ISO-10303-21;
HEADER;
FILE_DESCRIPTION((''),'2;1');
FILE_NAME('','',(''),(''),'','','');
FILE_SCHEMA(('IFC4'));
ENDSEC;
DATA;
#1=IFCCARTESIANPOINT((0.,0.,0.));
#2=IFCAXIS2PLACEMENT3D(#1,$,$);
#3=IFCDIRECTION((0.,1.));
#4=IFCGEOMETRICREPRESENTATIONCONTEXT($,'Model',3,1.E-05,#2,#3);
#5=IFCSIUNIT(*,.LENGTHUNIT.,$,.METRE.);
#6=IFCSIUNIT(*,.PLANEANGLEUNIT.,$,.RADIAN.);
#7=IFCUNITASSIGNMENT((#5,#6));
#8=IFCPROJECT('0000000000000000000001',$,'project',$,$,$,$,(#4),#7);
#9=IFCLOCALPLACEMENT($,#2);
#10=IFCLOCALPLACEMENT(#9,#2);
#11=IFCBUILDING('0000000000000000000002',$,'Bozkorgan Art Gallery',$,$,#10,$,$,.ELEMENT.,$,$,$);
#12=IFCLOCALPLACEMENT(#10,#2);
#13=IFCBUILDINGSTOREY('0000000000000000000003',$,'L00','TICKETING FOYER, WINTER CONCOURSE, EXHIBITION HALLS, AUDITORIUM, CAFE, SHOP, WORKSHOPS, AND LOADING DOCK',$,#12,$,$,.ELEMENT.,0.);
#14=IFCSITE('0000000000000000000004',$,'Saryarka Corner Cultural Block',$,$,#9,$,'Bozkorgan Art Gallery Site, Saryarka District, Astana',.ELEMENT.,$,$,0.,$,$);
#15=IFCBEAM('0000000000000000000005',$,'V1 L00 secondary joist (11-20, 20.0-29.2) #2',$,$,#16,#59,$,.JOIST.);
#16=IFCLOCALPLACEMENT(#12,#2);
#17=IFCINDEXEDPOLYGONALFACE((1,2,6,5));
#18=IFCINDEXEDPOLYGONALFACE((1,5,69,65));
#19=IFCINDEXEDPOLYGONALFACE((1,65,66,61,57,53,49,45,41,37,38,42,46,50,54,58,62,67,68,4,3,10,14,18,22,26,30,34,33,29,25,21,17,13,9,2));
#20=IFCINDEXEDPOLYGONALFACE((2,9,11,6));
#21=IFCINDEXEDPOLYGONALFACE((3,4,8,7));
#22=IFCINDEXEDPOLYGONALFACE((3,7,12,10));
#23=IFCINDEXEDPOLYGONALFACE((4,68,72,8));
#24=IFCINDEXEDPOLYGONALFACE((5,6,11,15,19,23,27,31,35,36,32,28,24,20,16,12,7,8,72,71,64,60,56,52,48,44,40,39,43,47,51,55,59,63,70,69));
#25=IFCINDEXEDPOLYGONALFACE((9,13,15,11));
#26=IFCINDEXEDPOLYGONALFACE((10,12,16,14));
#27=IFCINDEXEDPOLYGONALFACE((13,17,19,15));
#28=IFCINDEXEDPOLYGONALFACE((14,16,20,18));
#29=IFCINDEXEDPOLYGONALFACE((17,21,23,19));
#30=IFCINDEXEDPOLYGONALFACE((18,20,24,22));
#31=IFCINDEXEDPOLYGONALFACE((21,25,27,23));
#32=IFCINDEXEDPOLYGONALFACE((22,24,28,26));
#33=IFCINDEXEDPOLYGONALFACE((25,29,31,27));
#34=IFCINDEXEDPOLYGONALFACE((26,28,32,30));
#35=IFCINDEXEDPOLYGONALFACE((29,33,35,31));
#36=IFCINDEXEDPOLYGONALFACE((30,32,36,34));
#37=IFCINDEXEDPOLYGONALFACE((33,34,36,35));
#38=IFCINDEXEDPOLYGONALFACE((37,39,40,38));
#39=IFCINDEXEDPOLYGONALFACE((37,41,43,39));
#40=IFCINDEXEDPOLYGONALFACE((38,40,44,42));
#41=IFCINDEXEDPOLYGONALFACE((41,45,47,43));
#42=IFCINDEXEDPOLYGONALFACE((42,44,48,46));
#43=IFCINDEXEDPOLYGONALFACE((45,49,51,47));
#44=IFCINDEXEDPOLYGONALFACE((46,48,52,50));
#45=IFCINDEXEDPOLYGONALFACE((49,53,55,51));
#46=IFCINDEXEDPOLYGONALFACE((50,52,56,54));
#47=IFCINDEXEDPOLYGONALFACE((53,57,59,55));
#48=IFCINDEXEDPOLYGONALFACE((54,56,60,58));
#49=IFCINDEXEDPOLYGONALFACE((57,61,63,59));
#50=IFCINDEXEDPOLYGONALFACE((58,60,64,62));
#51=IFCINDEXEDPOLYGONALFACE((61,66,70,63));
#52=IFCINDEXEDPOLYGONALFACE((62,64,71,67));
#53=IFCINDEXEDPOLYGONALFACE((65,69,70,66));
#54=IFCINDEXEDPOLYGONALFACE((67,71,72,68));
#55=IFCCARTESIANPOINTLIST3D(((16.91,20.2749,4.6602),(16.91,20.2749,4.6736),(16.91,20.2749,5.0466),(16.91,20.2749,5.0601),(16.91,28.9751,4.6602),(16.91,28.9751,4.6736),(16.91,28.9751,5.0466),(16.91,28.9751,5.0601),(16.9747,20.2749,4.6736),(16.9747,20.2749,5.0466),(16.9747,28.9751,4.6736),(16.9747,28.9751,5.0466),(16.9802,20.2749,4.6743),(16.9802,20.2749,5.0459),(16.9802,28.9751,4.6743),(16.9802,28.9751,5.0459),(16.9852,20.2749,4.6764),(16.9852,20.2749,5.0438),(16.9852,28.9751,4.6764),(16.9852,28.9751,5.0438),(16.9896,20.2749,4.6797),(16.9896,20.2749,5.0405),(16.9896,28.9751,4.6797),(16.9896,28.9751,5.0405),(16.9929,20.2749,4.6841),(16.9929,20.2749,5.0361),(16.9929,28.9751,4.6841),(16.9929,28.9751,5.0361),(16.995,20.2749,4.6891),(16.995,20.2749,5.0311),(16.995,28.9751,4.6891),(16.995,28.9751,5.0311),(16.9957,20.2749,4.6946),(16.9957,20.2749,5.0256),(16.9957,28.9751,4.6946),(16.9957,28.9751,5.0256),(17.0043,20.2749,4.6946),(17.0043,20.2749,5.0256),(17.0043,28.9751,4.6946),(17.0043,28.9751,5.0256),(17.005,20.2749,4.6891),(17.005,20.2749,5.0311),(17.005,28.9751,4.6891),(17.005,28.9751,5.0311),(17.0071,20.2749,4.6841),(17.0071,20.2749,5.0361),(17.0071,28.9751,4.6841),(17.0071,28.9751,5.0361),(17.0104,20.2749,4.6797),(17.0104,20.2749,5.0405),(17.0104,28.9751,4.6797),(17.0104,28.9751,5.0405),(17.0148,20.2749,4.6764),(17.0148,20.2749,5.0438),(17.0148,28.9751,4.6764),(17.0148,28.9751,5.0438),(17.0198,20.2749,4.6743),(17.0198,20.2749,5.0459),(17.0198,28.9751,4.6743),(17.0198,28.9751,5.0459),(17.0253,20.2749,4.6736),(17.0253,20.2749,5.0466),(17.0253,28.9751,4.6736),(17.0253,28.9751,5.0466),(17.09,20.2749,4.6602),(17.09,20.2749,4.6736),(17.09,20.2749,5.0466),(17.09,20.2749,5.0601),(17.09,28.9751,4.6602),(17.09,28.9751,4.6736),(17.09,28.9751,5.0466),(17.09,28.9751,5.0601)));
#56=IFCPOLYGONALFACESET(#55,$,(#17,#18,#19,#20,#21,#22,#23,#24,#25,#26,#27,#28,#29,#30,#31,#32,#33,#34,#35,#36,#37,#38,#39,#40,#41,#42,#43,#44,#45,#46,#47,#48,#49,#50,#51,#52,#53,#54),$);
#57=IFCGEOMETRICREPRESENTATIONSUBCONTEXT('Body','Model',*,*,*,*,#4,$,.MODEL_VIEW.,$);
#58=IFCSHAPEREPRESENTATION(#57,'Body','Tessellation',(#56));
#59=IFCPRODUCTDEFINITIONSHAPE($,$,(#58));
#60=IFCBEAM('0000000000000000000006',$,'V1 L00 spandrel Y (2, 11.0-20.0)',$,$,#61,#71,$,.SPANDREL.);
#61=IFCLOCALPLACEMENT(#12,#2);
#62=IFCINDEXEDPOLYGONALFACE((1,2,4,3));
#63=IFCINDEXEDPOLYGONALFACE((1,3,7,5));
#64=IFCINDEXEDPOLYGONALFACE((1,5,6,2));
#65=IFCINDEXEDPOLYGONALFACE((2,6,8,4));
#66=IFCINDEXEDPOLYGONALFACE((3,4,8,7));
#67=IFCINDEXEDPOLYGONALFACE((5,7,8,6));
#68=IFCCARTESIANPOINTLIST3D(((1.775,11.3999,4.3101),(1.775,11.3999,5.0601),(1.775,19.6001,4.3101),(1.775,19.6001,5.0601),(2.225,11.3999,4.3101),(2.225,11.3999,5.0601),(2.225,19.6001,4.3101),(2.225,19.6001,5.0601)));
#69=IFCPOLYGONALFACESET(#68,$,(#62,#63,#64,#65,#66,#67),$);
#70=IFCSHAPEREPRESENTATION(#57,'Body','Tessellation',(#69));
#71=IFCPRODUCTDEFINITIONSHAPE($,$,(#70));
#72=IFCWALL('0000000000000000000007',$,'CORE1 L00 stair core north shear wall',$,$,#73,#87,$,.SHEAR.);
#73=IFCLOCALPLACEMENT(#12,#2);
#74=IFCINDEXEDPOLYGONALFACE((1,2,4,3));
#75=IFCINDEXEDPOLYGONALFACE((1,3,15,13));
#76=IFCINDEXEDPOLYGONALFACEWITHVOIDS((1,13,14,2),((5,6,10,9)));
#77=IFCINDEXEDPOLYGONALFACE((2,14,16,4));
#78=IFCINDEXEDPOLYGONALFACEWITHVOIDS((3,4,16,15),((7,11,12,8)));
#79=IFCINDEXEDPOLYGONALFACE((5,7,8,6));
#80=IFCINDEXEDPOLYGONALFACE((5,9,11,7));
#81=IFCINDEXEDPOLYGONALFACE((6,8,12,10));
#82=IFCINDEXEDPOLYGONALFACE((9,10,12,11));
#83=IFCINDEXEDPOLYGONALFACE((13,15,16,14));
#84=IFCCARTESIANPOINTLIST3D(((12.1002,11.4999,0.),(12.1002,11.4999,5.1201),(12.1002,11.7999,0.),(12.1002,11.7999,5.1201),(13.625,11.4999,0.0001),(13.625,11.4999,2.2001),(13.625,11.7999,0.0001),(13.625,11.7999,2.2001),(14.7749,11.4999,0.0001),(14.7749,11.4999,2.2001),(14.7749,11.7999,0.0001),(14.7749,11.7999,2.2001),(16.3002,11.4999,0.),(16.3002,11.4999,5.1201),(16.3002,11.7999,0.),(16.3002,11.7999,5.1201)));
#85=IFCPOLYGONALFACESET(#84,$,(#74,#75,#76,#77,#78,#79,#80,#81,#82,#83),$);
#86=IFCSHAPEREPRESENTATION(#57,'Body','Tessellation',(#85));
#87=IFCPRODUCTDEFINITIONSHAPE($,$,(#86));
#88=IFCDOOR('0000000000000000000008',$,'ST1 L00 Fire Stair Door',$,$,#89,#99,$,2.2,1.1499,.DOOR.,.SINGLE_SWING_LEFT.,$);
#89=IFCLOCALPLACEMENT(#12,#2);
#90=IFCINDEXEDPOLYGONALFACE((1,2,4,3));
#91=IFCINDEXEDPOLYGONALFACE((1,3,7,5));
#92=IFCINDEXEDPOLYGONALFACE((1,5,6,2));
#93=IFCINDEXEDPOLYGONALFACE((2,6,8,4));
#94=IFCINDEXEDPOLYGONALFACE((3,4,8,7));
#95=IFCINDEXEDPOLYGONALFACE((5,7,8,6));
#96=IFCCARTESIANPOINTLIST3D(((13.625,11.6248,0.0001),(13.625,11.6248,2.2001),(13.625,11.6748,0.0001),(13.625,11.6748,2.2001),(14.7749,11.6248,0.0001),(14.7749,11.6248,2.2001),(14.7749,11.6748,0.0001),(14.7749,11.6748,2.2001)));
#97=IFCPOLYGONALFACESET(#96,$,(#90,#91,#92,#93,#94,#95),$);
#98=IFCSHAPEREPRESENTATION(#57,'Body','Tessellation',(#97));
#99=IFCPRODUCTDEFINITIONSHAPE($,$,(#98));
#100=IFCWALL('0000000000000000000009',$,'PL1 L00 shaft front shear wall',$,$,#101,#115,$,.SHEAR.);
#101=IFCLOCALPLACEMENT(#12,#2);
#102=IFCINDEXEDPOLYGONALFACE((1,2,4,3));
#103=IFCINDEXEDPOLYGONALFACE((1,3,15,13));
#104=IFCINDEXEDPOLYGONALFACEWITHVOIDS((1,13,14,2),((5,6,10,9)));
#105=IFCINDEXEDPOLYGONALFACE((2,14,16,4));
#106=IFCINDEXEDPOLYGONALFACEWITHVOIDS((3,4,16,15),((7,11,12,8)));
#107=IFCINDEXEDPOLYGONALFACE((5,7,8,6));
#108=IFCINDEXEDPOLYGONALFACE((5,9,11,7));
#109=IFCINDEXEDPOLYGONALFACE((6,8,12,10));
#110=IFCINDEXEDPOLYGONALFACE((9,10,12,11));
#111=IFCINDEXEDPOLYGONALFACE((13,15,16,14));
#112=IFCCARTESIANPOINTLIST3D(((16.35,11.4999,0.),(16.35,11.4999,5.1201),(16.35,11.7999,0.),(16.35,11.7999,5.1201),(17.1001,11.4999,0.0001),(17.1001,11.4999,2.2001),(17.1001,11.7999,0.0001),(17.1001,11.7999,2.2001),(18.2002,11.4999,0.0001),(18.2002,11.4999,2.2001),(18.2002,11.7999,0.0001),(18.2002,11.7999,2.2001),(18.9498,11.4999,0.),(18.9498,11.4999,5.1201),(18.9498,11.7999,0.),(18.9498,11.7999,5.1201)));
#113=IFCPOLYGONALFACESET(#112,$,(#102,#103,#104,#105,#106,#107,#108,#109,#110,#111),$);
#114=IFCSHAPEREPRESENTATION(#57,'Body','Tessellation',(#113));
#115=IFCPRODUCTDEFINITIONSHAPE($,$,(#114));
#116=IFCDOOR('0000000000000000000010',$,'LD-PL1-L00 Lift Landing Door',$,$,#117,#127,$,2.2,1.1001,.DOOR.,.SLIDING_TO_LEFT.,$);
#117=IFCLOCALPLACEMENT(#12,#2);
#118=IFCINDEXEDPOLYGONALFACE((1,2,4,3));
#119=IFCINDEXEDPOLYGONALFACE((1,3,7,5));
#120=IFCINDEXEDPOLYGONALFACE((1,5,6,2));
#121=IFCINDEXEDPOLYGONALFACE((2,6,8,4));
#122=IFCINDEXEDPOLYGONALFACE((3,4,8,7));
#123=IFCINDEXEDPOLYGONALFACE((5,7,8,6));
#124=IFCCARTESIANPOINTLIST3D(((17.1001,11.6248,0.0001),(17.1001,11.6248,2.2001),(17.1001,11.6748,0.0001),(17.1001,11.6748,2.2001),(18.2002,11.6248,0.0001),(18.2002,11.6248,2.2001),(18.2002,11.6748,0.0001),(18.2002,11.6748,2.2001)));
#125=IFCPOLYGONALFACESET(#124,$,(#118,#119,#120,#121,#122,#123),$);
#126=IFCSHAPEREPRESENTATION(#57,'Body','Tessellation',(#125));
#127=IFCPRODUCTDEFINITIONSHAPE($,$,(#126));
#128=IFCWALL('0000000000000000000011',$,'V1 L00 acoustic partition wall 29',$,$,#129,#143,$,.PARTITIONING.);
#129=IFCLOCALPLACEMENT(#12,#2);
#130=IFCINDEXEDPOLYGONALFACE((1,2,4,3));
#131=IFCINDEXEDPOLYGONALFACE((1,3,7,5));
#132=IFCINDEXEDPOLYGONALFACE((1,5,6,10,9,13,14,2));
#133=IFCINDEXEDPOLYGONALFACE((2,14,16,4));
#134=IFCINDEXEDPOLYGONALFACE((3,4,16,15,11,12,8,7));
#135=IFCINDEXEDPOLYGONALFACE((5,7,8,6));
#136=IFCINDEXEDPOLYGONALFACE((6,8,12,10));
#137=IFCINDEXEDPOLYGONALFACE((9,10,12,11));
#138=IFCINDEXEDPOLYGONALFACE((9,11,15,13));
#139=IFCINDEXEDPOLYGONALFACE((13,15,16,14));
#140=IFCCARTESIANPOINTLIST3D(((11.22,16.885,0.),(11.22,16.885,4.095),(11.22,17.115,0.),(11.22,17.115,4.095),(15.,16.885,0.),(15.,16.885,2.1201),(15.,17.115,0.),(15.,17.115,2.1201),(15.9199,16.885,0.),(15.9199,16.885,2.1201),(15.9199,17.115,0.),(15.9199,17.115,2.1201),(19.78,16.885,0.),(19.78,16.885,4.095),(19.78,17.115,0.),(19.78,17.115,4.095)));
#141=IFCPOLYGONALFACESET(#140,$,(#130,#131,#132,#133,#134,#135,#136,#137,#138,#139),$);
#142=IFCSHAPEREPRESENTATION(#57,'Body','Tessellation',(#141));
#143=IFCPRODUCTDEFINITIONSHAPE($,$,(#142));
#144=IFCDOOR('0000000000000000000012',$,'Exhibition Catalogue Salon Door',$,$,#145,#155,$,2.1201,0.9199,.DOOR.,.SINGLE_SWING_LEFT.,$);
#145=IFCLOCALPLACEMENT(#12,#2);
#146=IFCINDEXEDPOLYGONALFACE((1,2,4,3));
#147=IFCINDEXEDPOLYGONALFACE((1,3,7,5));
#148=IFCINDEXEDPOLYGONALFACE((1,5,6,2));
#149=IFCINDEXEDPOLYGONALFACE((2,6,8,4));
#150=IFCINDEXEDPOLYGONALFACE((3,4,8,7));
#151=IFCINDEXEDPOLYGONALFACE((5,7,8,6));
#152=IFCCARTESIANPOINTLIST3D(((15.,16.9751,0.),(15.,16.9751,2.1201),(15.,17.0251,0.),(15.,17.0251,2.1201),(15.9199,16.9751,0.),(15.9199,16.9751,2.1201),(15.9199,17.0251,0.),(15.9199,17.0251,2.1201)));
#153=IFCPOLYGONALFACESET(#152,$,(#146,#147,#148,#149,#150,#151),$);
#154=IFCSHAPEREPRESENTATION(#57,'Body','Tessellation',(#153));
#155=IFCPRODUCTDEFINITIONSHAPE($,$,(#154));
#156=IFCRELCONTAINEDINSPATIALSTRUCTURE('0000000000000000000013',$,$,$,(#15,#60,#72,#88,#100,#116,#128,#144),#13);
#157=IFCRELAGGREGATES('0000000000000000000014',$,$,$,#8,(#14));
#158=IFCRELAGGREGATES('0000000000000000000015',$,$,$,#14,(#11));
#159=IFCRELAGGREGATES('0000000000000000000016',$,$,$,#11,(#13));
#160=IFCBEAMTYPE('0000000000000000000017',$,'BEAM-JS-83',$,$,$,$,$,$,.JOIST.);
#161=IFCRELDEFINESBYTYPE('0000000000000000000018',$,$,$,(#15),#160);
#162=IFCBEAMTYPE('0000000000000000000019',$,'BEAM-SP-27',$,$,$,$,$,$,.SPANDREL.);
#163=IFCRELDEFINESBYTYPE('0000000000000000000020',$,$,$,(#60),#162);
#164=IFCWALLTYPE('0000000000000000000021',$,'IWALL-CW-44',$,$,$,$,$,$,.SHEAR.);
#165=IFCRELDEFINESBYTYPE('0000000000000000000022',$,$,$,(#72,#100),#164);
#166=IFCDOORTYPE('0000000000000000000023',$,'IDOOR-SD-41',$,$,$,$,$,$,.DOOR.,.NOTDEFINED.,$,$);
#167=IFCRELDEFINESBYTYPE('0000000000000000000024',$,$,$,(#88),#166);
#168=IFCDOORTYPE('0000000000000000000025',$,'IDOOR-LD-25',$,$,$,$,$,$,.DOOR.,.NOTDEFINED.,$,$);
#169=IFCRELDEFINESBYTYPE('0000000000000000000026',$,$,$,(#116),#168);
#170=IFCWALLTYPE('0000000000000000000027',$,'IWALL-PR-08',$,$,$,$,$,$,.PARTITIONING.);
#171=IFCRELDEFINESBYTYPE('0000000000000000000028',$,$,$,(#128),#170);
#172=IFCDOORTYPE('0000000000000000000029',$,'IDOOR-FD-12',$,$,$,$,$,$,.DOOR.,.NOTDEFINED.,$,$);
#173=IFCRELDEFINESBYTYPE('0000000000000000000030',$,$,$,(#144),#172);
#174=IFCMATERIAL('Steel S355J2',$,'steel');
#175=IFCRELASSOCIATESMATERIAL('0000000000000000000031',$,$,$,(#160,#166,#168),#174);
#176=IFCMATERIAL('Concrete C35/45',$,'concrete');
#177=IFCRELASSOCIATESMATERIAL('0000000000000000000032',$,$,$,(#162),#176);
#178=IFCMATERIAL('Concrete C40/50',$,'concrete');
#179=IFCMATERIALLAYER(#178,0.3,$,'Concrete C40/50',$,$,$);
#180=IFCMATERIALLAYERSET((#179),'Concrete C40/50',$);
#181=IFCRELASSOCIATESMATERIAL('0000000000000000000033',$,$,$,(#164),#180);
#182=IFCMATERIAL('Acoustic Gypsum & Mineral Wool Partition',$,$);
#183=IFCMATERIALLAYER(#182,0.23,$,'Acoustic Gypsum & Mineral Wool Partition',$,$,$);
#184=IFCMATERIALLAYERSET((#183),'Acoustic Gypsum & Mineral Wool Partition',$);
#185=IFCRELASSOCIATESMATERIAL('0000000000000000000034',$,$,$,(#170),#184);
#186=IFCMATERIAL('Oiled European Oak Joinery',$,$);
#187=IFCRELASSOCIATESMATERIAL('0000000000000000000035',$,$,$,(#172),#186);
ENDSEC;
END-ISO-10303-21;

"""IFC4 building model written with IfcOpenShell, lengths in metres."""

from ifc_helpers import new_model, si_unit, direction, frame, frame_2d, origin, origin_2d, place, context, subcontext, project, spatial, rectangle, i_section, extrude, material, layer, layer_set, material_profile, profile_set, type_object, element, fill, save


model = new_model("IFC4")

# Units and contexts
model_context = context("Model", 3, precision=1e-05, world=origin(), true_north=direction((0.0, 1.0)))
body_context = subcontext(model_context, "Body", "Model", "MODEL_VIEW")
ifc_project = project(units=[si_unit("LENGTHUNIT", "METRE"), si_unit("PLANEANGLEUNIT", "RADIAN")], contexts=[model_context])

# Site, building, storey
site_placement = place(None, origin())
site = spatial("IfcSite", under=ifc_project, at=site_placement, Name="Saryarka Corner Cultural Block", LongName="Bozkorgan Art Gallery Site, Saryarka District, Astana", CompositionType="ELEMENT", RefElevation=0.0)
building_placement = place(site_placement, origin())
building = spatial("IfcBuilding", under=site, at=building_placement, Name="Bozkorgan Art Gallery", CompositionType="ELEMENT")
storey_placement = place(building_placement, origin())
storey = spatial("IfcBuildingStorey", under=building, at=storey_placement, Name="L00", Description="TICKETING FOYER, WINTER CONCOURSE, EXHIBITION HALLS, AUDITORIUM, CAFE, SHOP, WORKSHOPS, AND LOADING DOCK", CompositionType="ELEMENT", Elevation=0.0)

# Shared definitions
ifc_material_1 = material(Name="Concrete C40/50", Category="concrete")

# Beams
ifc_material_2 = material(Name="Concrete C35/45", Category="concrete")
ifc_material_3 = material(Name="Steel S355J2", Category="steel")
ifc_material_profile_1 = material_profile(ifc_material_3, i_section(OverallWidth=0.1799, OverallDepth=0.3999, WebThickness=0.0085, FlangeThickness=0.0134, FilletRadius=0.021, at=origin_2d()), Name="IPE 400")
ifc_profile_set_1 = profile_set([ifc_material_profile_1], Name="Steel S355J2")
beam_type_1 = type_object("IfcBeamType", Name="BEAM-JS-83", PredefinedType="JOIST", material=ifc_profile_set_1)
for number, where, z_axis, x_axis, name in (
    (1, (17.0, 20.2749, 4.8601), (0.0, 1.0, 0.0), (-1.0, 0.0, 0.0), "V1 L00 secondary joist (11-20, 20.0-29.2) #2"),
):
    element("IfcBeam", number, at=place(storey_placement, frame(where, z_axis=z_axis, x_axis=x_axis)), inside=storey, type_object=beam_type_1, Name=name, PredefinedType="JOIST", context=body_context, shape_type="SweptSolid", body=[
        extrude(i_section(OverallWidth=0.1799, OverallDepth=0.3999, WebThickness=0.0085, FlangeThickness=0.0134, FilletRadius=0.021, at=origin_2d()), origin(), (0.0, 0.0, 1.0), 8.7002),
    ])
ifc_material_profile_2 = material_profile(ifc_material_2, rectangle(XDim=0.45, YDim=0.75, at=origin_2d()), Name="RC 450x750")
ifc_profile_set_2 = profile_set([ifc_material_profile_2], Name="Concrete C35/45")
beam_type_2 = type_object("IfcBeamType", Name="BEAM-SP-27", PredefinedType="SPANDREL", material=ifc_profile_set_2)
beam_1_placement = place(storey_placement, frame((2.0, 11.3999, 4.6851), z_axis=(0.0, 1.0, 0.0), x_axis=(-1.0, 0.0, 0.0)))
element("IfcBeam", 2, at=beam_1_placement, inside=storey, type_object=beam_type_2, Name="V1 L00 spandrel Y (2, 11.0-20.0)", PredefinedType="SPANDREL", context=body_context, shape_type="SweptSolid", body=[
    extrude(rectangle(XDim=0.45, YDim=0.75, at=origin_2d()), origin(), (0.0, 0.0, 1.0), 8.2002),
])

# Walls, openings, doors
ifc_layer_1 = layer(ifc_material_1, 0.3, Name="Concrete C40/50")
ifc_layer_set_1 = layer_set([ifc_layer_1], Name="Concrete C40/50")
wall_type_1 = type_object("IfcWallType", Name="IWALL-CW-44", PredefinedType="SHEAR", material=ifc_layer_set_1)
wall_1_placement = place(storey_placement, frame((12.1001, 11.6499, 0.0), z_axis=(0.0, 0.0, 1.0), x_axis=(1.0, 0.0, 0.0)))
wall_1 = element("IfcWall", 3, at=wall_1_placement, inside=storey, type_object=wall_type_1, Name="CORE1 L00 stair core north shear wall", PredefinedType="SHEAR", context=body_context, shape_type="SweptSolid", body=[
    extrude(rectangle(XDim=4.2, YDim=0.3, at=frame_2d((2.1001, 0.0))), origin(), (0.0, 0.0, 1.0), 5.1201),
])
opening_1_placement = place(wall_1_placement, frame((1.5249, 0.0, 0.0)))
opening_1 = element("IfcOpeningElement", 4, at=opening_1_placement, cuts=wall_1, PredefinedType="OPENING", context=body_context, shape_type="SweptSolid", body=[
    extrude(rectangle(XDim=1.1499, YDim=2.2, at=frame_2d((0.575, 1.1001))), frame((0.0, 0.1602, 0.0), z_axis=(0.0, -1.0, 0.0), x_axis=(1.0, 0.0, 0.0)), (0.0, 0.0, 1.0), 0.3201),
])
door_type_1 = type_object("IfcDoorType", Name="IDOOR-SD-41", OperationType="NOTDEFINED", PredefinedType="DOOR", material=ifc_material_3)
door_1_placement = place(opening_1_placement, origin())
door_1 = element("IfcDoor", 5, at=door_1_placement, inside=storey, type_object=door_type_1, Name="ST1 L00 Fire Stair Door", OperationType="SINGLE_SWING_LEFT", OverallHeight=2.2, OverallWidth=1.1499, PredefinedType="DOOR", context=body_context, shape_type="SweptSolid", body=[
    extrude(rectangle(XDim=1.1499, YDim=2.2, at=frame_2d((0.575, 1.1001))), frame((0.0, 0.0249, 0.0), z_axis=(0.0, -1.0, 0.0), x_axis=(1.0, 0.0, 0.0)), (0.0, 0.0, 1.0), 0.05),
])
fill(opening_1, door_1)
wall_2_placement = place(storey_placement, frame((16.3501, 11.6499, 0.0), z_axis=(0.0, 0.0, 1.0), x_axis=(1.0, 0.0, 0.0)))
wall_2 = element("IfcWall", 6, at=wall_2_placement, inside=storey, type_object=wall_type_1, Name="PL1 L00 shaft front shear wall", PredefinedType="SHEAR", context=body_context, shape_type="SweptSolid", body=[
    extrude(rectangle(XDim=2.5999, YDim=0.3, at=frame_2d((1.2998, 0.0))), origin(), (0.0, 0.0, 1.0), 5.1201),
])
opening_2_placement = place(wall_2_placement, frame((0.75, 0.0, 0.0)))
opening_2 = element("IfcOpeningElement", 7, at=opening_2_placement, cuts=wall_2, PredefinedType="OPENING", context=body_context, shape_type="SweptSolid", body=[
    extrude(rectangle(XDim=1.1001, YDim=2.2, at=frame_2d((0.55, 1.1001))), frame((0.0, 0.1602, 0.0), z_axis=(0.0, -1.0, 0.0), x_axis=(1.0, 0.0, 0.0)), (0.0, 0.0, 1.0), 0.3201),
])
door_type_2 = type_object("IfcDoorType", Name="IDOOR-LD-25", OperationType="NOTDEFINED", PredefinedType="DOOR", material=ifc_material_3)
door_2_placement = place(opening_2_placement, origin())
door_2 = element("IfcDoor", 8, at=door_2_placement, inside=storey, type_object=door_type_2, Name="LD-PL1-L00 Lift Landing Door", OperationType="SLIDING_TO_LEFT", OverallHeight=2.2, OverallWidth=1.1001, PredefinedType="DOOR", context=body_context, shape_type="SweptSolid", body=[
    extrude(rectangle(XDim=1.1001, YDim=2.2, at=frame_2d((0.55, 1.1001))), frame((0.0, 0.0249, 0.0), z_axis=(0.0, -1.0, 0.0), x_axis=(1.0, 0.0, 0.0)), (0.0, 0.0, 1.0), 0.05),
])
fill(opening_2, door_2)
ifc_material_4 = material(Name="Acoustic Gypsum & Mineral Wool Partition")
ifc_layer_2 = layer(ifc_material_4, 0.23, Name="Acoustic Gypsum & Mineral Wool Partition")
ifc_layer_set_2 = layer_set([ifc_layer_2], Name="Acoustic Gypsum & Mineral Wool Partition")
wall_type_2 = type_object("IfcWallType", Name="IWALL-PR-08", PredefinedType="PARTITIONING", material=ifc_layer_set_2)
wall_3_placement = place(storey_placement, frame((11.22, 17.0, 0.0), z_axis=(0.0, 0.0, 1.0), x_axis=(1.0, 0.0, 0.0)))
wall_3 = element("IfcWall", 9, at=wall_3_placement, inside=storey, type_object=wall_type_2, Name="V1 L00 acoustic partition wall 29", PredefinedType="PARTITIONING", context=body_context, shape_type="SweptSolid", body=[
    extrude(rectangle(XDim=8.5601, YDim=0.23, at=frame_2d((4.28, 0.0))), origin(), (0.0, 0.0, 1.0), 4.095),
])
opening_3_placement = place(wall_3_placement, frame((4.7, 0.0, 0.0), z_axis=(0.0, 0.0, 1.0), x_axis=(-1.0, 0.0, 0.0)))
opening_3 = element("IfcOpeningElement", 10, at=opening_3_placement, cuts=wall_3, PredefinedType="OPENING", context=body_context, shape_type="SweptSolid", body=[
    extrude(rectangle(XDim=0.9199, YDim=2.1201, at=frame_2d((0.46, 1.0601))), frame((0.0, 0.125, 0.0), z_axis=(0.0, -1.0, 0.0), x_axis=(1.0, 0.0, 0.0)), (0.0, 0.0, 1.0), 0.25),
])
ifc_material_5 = material(Name="Oiled European Oak Joinery")
door_type_3 = type_object("IfcDoorType", Name="IDOOR-FD-12", OperationType="NOTDEFINED", PredefinedType="DOOR", material=ifc_material_5)
door_3_placement = place(opening_3_placement, origin())
door_3 = element("IfcDoor", 11, at=door_3_placement, inside=storey, type_object=door_type_3, Name="Exhibition Catalogue Salon Door", OperationType="SINGLE_SWING_LEFT", OverallHeight=2.1201, OverallWidth=0.9199, PredefinedType="DOOR", context=body_context, shape_type="SweptSolid", body=[
    extrude(rectangle(XDim=0.9199, YDim=2.1201, at=frame_2d((0.46, 1.0601))), frame((0.0, 0.0249, 0.0), z_axis=(0.0, -1.0, 0.0), x_axis=(1.0, 0.0, 0.0)), (0.0, 0.0, 1.0), 0.05),
])
fill(opening_3, door_3)

save(model, "model.ifc")
